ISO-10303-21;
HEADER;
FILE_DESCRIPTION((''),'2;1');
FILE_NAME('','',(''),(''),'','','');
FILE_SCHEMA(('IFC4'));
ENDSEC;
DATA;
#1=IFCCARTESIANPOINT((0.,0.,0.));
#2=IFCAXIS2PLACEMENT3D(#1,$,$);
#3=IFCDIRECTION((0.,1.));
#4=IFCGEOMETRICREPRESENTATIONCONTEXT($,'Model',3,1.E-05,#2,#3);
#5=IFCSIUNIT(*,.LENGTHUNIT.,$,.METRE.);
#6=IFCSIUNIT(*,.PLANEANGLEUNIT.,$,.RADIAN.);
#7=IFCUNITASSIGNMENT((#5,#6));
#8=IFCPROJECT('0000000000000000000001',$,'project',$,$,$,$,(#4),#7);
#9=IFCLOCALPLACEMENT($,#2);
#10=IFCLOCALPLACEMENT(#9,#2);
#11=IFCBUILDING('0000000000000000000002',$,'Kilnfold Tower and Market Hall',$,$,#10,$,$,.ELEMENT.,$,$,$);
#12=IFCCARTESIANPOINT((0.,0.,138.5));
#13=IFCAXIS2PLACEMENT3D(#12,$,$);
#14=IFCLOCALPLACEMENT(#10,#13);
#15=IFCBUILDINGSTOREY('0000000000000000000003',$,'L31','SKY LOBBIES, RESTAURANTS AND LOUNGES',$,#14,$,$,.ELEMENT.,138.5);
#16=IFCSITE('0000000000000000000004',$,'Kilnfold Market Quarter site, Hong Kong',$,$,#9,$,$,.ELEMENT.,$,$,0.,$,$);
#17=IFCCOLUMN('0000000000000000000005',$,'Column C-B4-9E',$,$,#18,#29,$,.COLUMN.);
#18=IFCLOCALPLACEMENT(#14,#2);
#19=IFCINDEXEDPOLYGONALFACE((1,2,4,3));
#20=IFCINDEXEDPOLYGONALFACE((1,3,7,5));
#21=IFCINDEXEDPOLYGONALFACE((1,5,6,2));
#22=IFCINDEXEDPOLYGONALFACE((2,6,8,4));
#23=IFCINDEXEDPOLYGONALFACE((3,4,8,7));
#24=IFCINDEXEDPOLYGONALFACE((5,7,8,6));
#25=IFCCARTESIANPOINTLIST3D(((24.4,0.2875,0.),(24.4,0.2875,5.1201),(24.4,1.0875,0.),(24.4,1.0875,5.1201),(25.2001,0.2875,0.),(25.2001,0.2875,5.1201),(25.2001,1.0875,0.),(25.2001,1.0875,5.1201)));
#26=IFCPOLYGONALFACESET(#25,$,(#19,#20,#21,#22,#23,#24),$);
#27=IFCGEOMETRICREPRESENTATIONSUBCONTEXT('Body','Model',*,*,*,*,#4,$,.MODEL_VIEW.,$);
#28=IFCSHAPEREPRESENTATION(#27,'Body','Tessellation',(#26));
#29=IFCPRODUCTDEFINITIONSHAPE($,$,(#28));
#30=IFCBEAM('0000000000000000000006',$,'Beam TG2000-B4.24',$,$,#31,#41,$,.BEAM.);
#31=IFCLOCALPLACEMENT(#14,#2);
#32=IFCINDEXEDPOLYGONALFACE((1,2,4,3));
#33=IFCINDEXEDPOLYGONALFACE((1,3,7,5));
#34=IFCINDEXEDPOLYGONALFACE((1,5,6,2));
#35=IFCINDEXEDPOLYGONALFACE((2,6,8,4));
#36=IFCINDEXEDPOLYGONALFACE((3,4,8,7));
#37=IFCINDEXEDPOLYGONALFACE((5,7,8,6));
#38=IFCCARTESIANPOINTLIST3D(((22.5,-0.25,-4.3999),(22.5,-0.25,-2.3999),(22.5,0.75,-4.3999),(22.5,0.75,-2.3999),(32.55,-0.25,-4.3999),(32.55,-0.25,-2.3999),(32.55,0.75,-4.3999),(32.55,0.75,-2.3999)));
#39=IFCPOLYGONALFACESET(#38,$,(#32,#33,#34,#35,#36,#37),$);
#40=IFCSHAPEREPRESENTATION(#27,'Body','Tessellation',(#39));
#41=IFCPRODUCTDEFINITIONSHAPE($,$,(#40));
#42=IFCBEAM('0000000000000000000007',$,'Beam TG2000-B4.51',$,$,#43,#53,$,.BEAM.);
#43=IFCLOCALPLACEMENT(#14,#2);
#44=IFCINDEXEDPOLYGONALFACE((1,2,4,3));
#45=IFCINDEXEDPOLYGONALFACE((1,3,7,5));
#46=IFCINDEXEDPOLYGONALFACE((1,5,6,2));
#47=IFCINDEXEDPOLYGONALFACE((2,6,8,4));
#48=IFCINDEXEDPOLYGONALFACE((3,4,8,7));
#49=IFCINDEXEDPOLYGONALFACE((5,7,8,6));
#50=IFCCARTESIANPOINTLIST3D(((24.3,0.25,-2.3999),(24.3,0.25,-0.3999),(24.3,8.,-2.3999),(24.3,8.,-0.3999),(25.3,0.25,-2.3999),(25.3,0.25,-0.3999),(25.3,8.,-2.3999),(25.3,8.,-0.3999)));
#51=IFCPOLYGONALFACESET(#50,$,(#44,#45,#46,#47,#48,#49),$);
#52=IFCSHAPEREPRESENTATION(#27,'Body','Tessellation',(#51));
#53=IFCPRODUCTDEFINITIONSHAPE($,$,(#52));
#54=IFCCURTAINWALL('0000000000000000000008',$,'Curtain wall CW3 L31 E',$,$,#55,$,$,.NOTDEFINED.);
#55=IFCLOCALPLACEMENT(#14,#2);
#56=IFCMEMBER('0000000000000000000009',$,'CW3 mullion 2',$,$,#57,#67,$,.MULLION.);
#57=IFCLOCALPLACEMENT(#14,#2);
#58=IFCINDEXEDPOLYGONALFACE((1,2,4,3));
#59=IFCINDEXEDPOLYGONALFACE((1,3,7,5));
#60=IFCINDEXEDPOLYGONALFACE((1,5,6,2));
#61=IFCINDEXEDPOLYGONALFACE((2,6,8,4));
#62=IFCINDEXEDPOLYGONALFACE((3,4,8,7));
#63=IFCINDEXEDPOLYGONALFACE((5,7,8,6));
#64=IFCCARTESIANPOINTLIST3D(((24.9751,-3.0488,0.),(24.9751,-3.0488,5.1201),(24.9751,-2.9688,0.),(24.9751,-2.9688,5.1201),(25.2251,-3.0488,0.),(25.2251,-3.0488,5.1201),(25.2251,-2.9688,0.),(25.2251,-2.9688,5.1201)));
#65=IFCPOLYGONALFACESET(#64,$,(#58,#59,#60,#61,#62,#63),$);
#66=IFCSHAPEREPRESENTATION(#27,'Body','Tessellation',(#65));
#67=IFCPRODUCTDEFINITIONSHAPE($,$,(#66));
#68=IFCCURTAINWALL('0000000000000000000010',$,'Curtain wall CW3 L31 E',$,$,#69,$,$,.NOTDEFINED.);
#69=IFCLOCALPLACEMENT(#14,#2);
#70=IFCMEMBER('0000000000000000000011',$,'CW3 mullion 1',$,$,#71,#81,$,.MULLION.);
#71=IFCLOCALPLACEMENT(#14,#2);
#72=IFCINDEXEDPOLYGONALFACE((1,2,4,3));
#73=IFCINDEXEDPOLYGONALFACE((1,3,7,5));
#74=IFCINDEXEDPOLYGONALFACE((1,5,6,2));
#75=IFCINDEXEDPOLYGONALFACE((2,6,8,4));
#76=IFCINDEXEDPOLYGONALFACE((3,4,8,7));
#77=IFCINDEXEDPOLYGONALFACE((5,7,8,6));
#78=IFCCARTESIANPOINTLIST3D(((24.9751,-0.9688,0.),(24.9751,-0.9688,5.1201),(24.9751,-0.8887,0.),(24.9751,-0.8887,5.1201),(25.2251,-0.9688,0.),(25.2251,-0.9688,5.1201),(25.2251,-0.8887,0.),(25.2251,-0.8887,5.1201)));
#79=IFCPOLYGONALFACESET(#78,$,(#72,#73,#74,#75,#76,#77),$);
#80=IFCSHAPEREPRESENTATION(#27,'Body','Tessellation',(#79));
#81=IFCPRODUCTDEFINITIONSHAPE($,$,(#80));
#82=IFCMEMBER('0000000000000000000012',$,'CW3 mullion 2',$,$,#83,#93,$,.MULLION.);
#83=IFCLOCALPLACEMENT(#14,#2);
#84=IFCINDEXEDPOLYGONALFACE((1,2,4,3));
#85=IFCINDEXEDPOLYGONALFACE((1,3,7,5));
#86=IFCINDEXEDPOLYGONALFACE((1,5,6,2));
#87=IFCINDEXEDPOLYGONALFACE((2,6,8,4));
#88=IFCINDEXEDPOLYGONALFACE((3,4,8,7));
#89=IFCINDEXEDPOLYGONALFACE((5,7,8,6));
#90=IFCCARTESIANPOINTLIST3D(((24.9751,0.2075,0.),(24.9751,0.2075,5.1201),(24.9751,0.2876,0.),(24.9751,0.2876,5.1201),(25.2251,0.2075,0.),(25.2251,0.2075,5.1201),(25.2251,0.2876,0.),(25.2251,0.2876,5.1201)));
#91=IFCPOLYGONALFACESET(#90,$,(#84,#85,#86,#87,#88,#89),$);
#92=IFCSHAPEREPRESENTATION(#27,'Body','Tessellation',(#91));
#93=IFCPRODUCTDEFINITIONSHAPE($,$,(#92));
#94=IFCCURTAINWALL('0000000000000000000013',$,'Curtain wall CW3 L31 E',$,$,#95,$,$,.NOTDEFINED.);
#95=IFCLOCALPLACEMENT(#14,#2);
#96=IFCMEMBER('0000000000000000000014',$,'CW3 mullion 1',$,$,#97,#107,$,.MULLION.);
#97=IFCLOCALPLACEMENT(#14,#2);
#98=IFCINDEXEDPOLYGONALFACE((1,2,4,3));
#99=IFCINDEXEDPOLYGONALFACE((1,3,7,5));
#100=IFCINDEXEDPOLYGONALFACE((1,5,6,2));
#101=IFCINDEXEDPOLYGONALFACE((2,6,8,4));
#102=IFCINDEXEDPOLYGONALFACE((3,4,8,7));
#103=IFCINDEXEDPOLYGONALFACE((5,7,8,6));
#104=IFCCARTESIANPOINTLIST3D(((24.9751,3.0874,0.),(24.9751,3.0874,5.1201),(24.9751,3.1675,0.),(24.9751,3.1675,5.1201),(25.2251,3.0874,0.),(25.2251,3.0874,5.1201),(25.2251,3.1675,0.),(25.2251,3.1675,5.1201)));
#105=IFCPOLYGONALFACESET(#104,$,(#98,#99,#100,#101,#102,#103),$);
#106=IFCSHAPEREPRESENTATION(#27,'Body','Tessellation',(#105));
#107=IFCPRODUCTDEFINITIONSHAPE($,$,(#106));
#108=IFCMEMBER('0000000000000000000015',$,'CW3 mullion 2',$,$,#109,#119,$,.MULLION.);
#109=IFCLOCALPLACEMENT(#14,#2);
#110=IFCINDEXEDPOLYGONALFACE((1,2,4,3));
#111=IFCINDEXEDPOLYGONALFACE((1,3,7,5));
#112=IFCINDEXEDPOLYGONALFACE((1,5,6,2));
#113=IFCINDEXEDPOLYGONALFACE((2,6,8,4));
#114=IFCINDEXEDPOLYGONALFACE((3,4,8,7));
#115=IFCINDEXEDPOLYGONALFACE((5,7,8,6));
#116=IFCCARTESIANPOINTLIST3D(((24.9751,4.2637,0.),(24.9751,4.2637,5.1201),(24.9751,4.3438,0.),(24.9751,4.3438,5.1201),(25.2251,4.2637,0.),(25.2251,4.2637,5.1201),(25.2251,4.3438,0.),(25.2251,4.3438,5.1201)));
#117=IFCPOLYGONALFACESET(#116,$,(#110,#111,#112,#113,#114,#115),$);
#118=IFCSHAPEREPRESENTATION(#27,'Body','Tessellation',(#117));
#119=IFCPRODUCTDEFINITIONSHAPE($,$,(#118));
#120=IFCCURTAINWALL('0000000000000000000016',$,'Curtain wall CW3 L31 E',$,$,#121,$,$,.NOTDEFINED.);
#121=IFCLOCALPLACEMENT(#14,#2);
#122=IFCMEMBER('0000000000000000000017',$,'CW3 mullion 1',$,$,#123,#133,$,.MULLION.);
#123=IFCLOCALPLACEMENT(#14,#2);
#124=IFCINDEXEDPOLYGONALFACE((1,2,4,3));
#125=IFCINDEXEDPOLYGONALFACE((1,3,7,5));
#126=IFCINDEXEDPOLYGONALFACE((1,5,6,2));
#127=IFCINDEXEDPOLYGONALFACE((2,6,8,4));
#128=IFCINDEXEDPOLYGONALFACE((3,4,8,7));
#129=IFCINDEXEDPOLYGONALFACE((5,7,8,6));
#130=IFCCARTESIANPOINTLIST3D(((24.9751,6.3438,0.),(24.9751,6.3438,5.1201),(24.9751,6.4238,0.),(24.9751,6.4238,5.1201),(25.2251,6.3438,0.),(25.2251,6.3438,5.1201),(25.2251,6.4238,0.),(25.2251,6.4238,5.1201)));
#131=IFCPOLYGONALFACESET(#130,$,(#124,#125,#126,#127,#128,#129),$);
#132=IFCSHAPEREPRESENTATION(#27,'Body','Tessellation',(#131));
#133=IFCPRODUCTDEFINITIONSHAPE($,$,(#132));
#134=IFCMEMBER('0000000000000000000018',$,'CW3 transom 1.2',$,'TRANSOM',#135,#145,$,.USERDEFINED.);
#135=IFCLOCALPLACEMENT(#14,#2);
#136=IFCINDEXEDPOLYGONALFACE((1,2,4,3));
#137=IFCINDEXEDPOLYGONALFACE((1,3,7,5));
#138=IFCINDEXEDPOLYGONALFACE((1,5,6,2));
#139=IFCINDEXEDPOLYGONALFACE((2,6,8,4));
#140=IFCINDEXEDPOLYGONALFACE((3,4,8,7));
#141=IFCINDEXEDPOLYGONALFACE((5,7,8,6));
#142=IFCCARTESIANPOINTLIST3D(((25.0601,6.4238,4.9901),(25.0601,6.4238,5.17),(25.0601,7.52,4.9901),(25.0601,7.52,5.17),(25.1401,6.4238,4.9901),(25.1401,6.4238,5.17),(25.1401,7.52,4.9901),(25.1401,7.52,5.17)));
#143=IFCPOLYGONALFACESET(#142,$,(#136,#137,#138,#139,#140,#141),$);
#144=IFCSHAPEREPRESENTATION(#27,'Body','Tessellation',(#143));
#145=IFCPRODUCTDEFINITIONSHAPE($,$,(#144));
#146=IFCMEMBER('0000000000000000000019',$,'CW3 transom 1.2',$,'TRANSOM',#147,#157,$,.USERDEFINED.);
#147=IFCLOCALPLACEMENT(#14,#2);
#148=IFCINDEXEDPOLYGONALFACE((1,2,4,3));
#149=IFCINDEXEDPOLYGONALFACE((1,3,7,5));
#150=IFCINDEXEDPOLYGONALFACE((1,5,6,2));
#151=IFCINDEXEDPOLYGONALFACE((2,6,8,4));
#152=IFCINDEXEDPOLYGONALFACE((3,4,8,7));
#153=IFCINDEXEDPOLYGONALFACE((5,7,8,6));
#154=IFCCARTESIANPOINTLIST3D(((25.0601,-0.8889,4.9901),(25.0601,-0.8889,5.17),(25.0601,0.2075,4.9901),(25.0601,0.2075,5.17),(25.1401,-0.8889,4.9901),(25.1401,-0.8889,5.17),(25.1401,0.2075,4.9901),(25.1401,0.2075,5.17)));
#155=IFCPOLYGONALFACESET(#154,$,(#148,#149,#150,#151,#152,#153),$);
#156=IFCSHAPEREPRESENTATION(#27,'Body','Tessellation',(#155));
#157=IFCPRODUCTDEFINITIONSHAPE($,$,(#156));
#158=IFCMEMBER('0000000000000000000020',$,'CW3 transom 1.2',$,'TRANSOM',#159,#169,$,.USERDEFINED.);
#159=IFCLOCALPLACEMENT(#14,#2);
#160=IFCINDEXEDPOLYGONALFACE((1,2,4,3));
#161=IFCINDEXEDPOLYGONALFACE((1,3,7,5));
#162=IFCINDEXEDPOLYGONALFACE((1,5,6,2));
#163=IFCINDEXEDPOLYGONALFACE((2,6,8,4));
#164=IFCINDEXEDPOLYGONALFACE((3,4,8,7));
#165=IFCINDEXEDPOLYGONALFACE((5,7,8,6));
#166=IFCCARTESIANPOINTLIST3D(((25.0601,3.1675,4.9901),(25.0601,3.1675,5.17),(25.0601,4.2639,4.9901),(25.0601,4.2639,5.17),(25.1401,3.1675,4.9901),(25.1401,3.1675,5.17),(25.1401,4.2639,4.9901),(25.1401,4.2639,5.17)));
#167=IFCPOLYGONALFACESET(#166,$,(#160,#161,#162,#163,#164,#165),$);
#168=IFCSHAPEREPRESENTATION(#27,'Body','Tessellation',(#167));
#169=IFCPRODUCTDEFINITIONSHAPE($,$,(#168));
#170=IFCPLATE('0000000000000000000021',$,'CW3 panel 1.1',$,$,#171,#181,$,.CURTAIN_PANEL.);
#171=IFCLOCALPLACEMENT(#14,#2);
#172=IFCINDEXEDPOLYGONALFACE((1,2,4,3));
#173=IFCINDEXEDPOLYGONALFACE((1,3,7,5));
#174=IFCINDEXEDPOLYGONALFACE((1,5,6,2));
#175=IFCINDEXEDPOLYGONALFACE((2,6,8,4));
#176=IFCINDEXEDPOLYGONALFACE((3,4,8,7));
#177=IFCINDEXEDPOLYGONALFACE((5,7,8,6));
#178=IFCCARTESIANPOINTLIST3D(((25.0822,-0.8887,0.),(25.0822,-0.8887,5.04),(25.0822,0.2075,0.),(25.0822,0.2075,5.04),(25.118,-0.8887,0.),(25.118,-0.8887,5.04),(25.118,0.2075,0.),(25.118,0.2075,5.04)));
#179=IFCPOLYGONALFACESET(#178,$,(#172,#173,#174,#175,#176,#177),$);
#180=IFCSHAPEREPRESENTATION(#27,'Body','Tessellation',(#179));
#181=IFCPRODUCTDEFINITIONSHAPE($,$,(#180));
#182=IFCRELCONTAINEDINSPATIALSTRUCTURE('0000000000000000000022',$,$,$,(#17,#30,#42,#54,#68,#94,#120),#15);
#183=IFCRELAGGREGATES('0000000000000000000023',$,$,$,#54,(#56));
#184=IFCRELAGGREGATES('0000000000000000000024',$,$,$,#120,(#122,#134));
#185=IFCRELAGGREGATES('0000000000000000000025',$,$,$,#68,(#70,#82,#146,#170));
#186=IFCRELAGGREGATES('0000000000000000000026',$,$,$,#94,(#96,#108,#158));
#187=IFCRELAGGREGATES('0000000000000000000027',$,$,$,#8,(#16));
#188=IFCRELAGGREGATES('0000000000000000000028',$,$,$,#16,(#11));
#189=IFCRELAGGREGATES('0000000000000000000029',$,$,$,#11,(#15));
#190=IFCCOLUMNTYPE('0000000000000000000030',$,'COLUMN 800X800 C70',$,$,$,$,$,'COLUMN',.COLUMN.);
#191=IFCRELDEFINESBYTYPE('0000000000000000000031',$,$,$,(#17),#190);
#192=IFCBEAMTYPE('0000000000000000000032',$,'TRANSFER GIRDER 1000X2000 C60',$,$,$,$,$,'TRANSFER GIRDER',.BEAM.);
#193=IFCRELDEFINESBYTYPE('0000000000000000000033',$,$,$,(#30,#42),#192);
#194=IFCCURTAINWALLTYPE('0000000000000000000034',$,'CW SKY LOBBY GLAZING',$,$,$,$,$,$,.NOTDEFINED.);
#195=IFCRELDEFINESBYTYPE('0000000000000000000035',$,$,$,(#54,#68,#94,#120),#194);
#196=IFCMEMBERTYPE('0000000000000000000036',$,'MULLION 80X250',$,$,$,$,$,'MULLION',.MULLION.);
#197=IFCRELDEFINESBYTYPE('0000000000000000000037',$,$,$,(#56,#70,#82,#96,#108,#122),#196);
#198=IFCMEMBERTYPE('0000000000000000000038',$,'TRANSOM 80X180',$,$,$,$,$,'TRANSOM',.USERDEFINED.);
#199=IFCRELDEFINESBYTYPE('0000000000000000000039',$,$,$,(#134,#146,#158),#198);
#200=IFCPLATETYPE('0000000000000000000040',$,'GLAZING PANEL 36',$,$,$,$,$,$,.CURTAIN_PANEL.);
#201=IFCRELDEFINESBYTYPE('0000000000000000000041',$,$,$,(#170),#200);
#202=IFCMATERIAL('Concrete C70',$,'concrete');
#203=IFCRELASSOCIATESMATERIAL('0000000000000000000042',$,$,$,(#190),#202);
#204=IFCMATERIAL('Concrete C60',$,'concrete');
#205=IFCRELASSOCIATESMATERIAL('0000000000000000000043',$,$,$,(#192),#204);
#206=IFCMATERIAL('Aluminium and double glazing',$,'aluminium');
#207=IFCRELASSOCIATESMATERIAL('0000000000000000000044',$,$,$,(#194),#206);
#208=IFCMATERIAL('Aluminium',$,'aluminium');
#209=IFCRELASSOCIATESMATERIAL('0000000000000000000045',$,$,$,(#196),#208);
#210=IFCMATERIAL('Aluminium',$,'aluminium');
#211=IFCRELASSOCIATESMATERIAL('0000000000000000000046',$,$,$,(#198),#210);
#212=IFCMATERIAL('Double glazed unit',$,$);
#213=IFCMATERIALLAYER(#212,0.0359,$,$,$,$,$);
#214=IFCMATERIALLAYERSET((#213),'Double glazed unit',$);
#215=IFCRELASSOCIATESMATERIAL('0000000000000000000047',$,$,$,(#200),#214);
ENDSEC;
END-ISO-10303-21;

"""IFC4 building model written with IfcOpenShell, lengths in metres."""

from ifc_helpers import new_model, si_unit, direction, frame, origin, origin_2d, place, context, subcontext, project, spatial, rectangle, extrude, source, transform, mapped, material, layer, layer_set, material_profile, profile_set, type_object, element, aggregate, save


model = new_model("IFC4")

# Units and contexts
model_context = context("Model", 3, precision=1e-05, world=origin(), true_north=direction((0.0, 1.0)))
body_context = subcontext(model_context, "Body", "Model", "MODEL_VIEW")
ifc_project = project(units=[si_unit("LENGTHUNIT", "METRE"), si_unit("PLANEANGLEUNIT", "RADIAN")], contexts=[model_context])

# Site, building, storey
site_placement = place(None, origin())
site = spatial("IfcSite", under=ifc_project, at=site_placement, Name="Kilnfold Market Quarter site, Hong Kong", CompositionType="ELEMENT", RefElevation=0.0)
building_placement = place(site_placement, origin())
building = spatial("IfcBuilding", under=site, at=building_placement, Name="Kilnfold Tower and Market Hall", CompositionType="ELEMENT")
storey_placement = place(building_placement, frame((0.0, 0.0, 138.5)))
storey = spatial("IfcBuildingStorey", under=building, at=storey_placement, Name="L31", Description="SKY LOBBIES, RESTAURANTS AND LOUNGES", CompositionType="ELEMENT", Elevation=138.5)

# Column
ifc_material_1 = material(Name="Concrete C70", Category="concrete")
ifc_material_profile_1 = material_profile(ifc_material_1, rectangle(XDim=0.8, YDim=0.8, at=origin_2d()), Name="RC 800x800")
ifc_profile_set_1 = profile_set([ifc_material_profile_1], Name="Concrete C70")
column_type = type_object("IfcColumnType", Name="COLUMN 800X800 C70", ElementType="COLUMN", PredefinedType="COLUMN", material=ifc_profile_set_1)
shared_shape_1 = source(origin(), body_context, "Body", "SweptSolid", [
    extrude(rectangle(XDim=0.8, YDim=0.8, at=origin_2d()), origin(), (0.0, 0.0, 1.0), 5.1201),
])
column_placement = place(storey_placement, frame((24.8, 0.6875, 0.0), z_axis=(0.0, 0.0, 1.0), x_axis=(1.0, 0.0, 0.0)))
element("IfcColumn", 1, at=column_placement, inside=storey, type_object=column_type, Name="Column C-B4-9E", PredefinedType="COLUMN", context=body_context, shape_type="MappedRepresentation", body=[
    mapped(shared_shape_1, transform((0.0, 0.0, 0.0))),
])

# Beams
ifc_material_2 = material(Name="Concrete C60", Category="concrete")
ifc_material_profile_2 = material_profile(ifc_material_2, rectangle(XDim=1.0, YDim=2.0, at=origin_2d()), Name="RC 1000x2000")
ifc_profile_set_2 = profile_set([ifc_material_profile_2], Name="Concrete C60")
beam_type = type_object("IfcBeamType", Name="TRANSFER GIRDER 1000X2000 C60", ElementType="TRANSFER GIRDER", PredefinedType="BEAM", material=ifc_profile_set_2)
shared_shape_2 = source(origin(), body_context, "Body", "SweptSolid", [
    extrude(rectangle(XDim=1.0, YDim=2.0, at=origin_2d()), origin(), (0.0, 0.0, 1.0), 10.05),
])
beam_1_placement = place(storey_placement, frame((22.5, 0.25, -3.3999), z_axis=(1.0, 0.0, 0.0), x_axis=(0.0, 1.0, 0.0)))
element("IfcBeam", 2, at=beam_1_placement, inside=storey, type_object=beam_type, Name="Beam TG2000-B4.24", PredefinedType="BEAM", context=body_context, shape_type="MappedRepresentation", body=[
    mapped(shared_shape_2, transform((0.0, 0.0, 0.0))),
])
shared_shape_3 = source(origin(), body_context, "Body", "SweptSolid", [
    extrude(rectangle(XDim=1.0, YDim=2.0, at=origin_2d()), origin(), (0.0, 0.0, 1.0), 7.75),
])
beam_2_placement = place(storey_placement, frame((24.8, 0.25, -1.3999), z_axis=(0.0, 1.0, 0.0), x_axis=(-1.0, 0.0, 0.0)))
element("IfcBeam", 3, at=beam_2_placement, inside=storey, type_object=beam_type, Name="Beam TG2000-B4.51", PredefinedType="BEAM", context=body_context, shape_type="MappedRepresentation", body=[
    mapped(shared_shape_3, transform((0.0, 0.0, 0.0))),
])

# Curtain wall, member
ifc_material_3 = material(Name="Aluminium and double glazing", Category="aluminium")
curtain_wall_type = type_object("IfcCurtainWallType", Name="CW SKY LOBBY GLAZING", PredefinedType="NOTDEFINED", material=ifc_material_3)
curtain_wall_1_placement = place(storey_placement, origin())
curtain_wall_1 = element("IfcCurtainWall", 4, at=curtain_wall_1_placement, inside=storey, type_object=curtain_wall_type, Name="Curtain wall CW3 L31 E", PredefinedType="NOTDEFINED")
ifc_material_4 = material(Name="Aluminium", Category="aluminium")
ifc_material_profile_3 = material_profile(ifc_material_4, rectangle(XDim=0.0801, YDim=0.25, at=origin_2d()), Name="MULLION 80x250")
ifc_profile_set_3 = profile_set([ifc_material_profile_3], Name="Aluminium")
member_type_1 = type_object("IfcMemberType", Name="MULLION 80X250", ElementType="MULLION", PredefinedType="MULLION", material=ifc_profile_set_3)
shared_shape_4 = source(origin(), body_context, "Body", "SweptSolid", [
    extrude(rectangle(XDim=0.0801, YDim=0.25, at=origin_2d()), origin(), (0.0, 0.0, 1.0), 5.1201),
])
member_1_placement = place(storey_placement, frame((25.1001, -3.0088, 0.0), z_axis=(0.0, 0.0, 1.0), x_axis=(0.0, 1.0, 0.0)))
member_1 = element("IfcMember", 5, at=member_1_placement, type_object=member_type_1, Name="CW3 mullion 2", PredefinedType="MULLION", context=body_context, shape_type="MappedRepresentation", body=[
    mapped(shared_shape_4, transform((0.0, 0.0, 0.0))),
])
aggregate(curtain_wall_1, [member_1])

# Curtain walls, members
curtain_wall_2_placement = place(storey_placement, origin())
curtain_wall_2 = element("IfcCurtainWall", 6, at=curtain_wall_2_placement, inside=storey, type_object=curtain_wall_type, Name="Curtain wall CW3 L31 E", PredefinedType="NOTDEFINED")
member_2_placement = place(storey_placement, frame((25.1001, -0.9287, 0.0), z_axis=(0.0, 0.0, 1.0), x_axis=(0.0, 1.0, 0.0)))
member_2 = element("IfcMember", 7, at=member_2_placement, type_object=member_type_1, Name="CW3 mullion 1", PredefinedType="MULLION", context=body_context, shape_type="MappedRepresentation", body=[
    mapped(shared_shape_4, transform((0.0, 0.0, 0.0))),
])
member_3_placement = place(storey_placement, frame((25.1001, 0.2476, 0.0), z_axis=(0.0, 0.0, 1.0), x_axis=(0.0, 1.0, 0.0)))
member_3 = element("IfcMember", 8, at=member_3_placement, type_object=member_type_1, Name="CW3 mullion 2", PredefinedType="MULLION", context=body_context, shape_type="MappedRepresentation", body=[
    mapped(shared_shape_4, transform((0.0, 0.0, 0.0))),
])
curtain_wall_3_placement = place(storey_placement, origin())
curtain_wall_3 = element("IfcCurtainWall", 9, at=curtain_wall_3_placement, inside=storey, type_object=curtain_wall_type, Name="Curtain wall CW3 L31 E", PredefinedType="NOTDEFINED")
member_4_placement = place(storey_placement, frame((25.1001, 3.1274, 0.0), z_axis=(0.0, 0.0, 1.0), x_axis=(0.0, 1.0, 0.0)))
member_4 = element("IfcMember", 10, at=member_4_placement, type_object=member_type_1, Name="CW3 mullion 1", PredefinedType="MULLION", context=body_context, shape_type="MappedRepresentation", body=[
    mapped(shared_shape_4, transform((0.0, 0.0, 0.0))),
])
member_5_placement = place(storey_placement, frame((25.1001, 4.3037, 0.0), z_axis=(0.0, 0.0, 1.0), x_axis=(0.0, 1.0, 0.0)))
member_5 = element("IfcMember", 11, at=member_5_placement, type_object=member_type_1, Name="CW3 mullion 2", PredefinedType="MULLION", context=body_context, shape_type="MappedRepresentation", body=[
    mapped(shared_shape_4, transform((0.0, 0.0, 0.0))),
])
curtain_wall_4_placement = place(storey_placement, origin())
curtain_wall_4 = element("IfcCurtainWall", 12, at=curtain_wall_4_placement, inside=storey, type_object=curtain_wall_type, Name="Curtain wall CW3 L31 E", PredefinedType="NOTDEFINED")
member_6_placement = place(storey_placement, frame((25.1001, 6.3838, 0.0), z_axis=(0.0, 0.0, 1.0), x_axis=(0.0, 1.0, 0.0)))
member_6 = element("IfcMember", 13, at=member_6_placement, type_object=member_type_1, Name="CW3 mullion 1", PredefinedType="MULLION", context=body_context, shape_type="MappedRepresentation", body=[
    mapped(shared_shape_4, transform((0.0, 0.0, 0.0))),
])
ifc_material_5 = material(Name="Aluminium", Category="aluminium")
ifc_material_profile_4 = material_profile(ifc_material_5, rectangle(XDim=0.0801, YDim=0.1799, at=origin_2d()), Name="TRANSOM 80x180")
ifc_profile_set_4 = profile_set([ifc_material_profile_4], Name="Aluminium")
member_type_2 = type_object("IfcMemberType", Name="TRANSOM 80X180", ElementType="TRANSOM", PredefinedType="USERDEFINED", material=ifc_profile_set_4)
shared_shape_5 = source(origin(), body_context, "Body", "SweptSolid", [
    extrude(rectangle(XDim=0.0801, YDim=0.1799, at=origin_2d()), origin(), (0.0, 0.0, 1.0), 1.0962),
])
member_7_placement = place(storey_placement, frame((25.1001, 6.4238, 5.0801), z_axis=(0.0, 1.0, 0.0), x_axis=(-1.0, 0.0, 0.0)))
member_7 = element("IfcMember", 14, at=member_7_placement, type_object=member_type_2, Name="CW3 transom 1.2", ObjectType="TRANSOM", PredefinedType="USERDEFINED", context=body_context, shape_type="MappedRepresentation", body=[
    mapped(shared_shape_5, transform((0.0, 0.0, 0.0))),
])
aggregate(curtain_wall_4, [member_6, member_7])

# Members
shared_shape_6 = source(origin(), body_context, "Body", "SweptSolid", [
    extrude(rectangle(XDim=0.0801, YDim=0.1799, at=origin_2d()), origin(), (0.0, 0.0, 1.0), 1.0964),
])
member_8_placement = place(storey_placement, frame((25.1001, -0.8889, 5.0801), z_axis=(0.0, 1.0, 0.0), x_axis=(-1.0, 0.0, 0.0)))
member_8 = element("IfcMember", 15, at=member_8_placement, type_object=member_type_2, Name="CW3 transom 1.2", ObjectType="TRANSOM", PredefinedType="USERDEFINED", context=body_context, shape_type="MappedRepresentation", body=[
    mapped(shared_shape_6, transform((0.0, 0.0, 0.0))),
])
member_9_placement = place(storey_placement, frame((25.1001, 3.1675, 5.0801), z_axis=(0.0, 1.0, 0.0), x_axis=(-1.0, 0.0, 0.0)))
member_9 = element("IfcMember", 16, at=member_9_placement, type_object=member_type_2, Name="CW3 transom 1.2", ObjectType="TRANSOM", PredefinedType="USERDEFINED", context=body_context, shape_type="MappedRepresentation", body=[
    mapped(shared_shape_6, transform((0.0, 0.0, 0.0))),
])

# Plate
ifc_material_6 = material(Name="Double glazed unit")
ifc_layer_1 = layer(ifc_material_6, 0.0359)
ifc_layer_set_1 = layer_set([ifc_layer_1], Name="Double glazed unit")
plate_type = type_object("IfcPlateType", Name="GLAZING PANEL 36", PredefinedType="CURTAIN_PANEL", material=ifc_layer_set_1)
shared_shape_7 = source(origin(), body_context, "Body", "SweptSolid", [
    extrude(rectangle(XDim=1.0962, YDim=0.0359, at=origin_2d()), origin(), (0.0, 0.0, 1.0), 5.04),
])
plate_1_placement = place(storey_placement, frame((25.1001, -0.3406, 0.0), z_axis=(0.0, 0.0, 1.0), x_axis=(0.0, 1.0, 0.0)))
plate_1 = element("IfcPlate", 17, at=plate_1_placement, type_object=plate_type, Name="CW3 panel 1.1", PredefinedType="CURTAIN_PANEL", context=body_context, shape_type="MappedRepresentation", body=[
    mapped(shared_shape_7, transform((0.0, 0.0, 0.0))),
])
aggregate(curtain_wall_2, [member_2, member_3, member_8, plate_1])
aggregate(curtain_wall_3, [member_4, member_5, member_9])

save(model, "model.ifc")
